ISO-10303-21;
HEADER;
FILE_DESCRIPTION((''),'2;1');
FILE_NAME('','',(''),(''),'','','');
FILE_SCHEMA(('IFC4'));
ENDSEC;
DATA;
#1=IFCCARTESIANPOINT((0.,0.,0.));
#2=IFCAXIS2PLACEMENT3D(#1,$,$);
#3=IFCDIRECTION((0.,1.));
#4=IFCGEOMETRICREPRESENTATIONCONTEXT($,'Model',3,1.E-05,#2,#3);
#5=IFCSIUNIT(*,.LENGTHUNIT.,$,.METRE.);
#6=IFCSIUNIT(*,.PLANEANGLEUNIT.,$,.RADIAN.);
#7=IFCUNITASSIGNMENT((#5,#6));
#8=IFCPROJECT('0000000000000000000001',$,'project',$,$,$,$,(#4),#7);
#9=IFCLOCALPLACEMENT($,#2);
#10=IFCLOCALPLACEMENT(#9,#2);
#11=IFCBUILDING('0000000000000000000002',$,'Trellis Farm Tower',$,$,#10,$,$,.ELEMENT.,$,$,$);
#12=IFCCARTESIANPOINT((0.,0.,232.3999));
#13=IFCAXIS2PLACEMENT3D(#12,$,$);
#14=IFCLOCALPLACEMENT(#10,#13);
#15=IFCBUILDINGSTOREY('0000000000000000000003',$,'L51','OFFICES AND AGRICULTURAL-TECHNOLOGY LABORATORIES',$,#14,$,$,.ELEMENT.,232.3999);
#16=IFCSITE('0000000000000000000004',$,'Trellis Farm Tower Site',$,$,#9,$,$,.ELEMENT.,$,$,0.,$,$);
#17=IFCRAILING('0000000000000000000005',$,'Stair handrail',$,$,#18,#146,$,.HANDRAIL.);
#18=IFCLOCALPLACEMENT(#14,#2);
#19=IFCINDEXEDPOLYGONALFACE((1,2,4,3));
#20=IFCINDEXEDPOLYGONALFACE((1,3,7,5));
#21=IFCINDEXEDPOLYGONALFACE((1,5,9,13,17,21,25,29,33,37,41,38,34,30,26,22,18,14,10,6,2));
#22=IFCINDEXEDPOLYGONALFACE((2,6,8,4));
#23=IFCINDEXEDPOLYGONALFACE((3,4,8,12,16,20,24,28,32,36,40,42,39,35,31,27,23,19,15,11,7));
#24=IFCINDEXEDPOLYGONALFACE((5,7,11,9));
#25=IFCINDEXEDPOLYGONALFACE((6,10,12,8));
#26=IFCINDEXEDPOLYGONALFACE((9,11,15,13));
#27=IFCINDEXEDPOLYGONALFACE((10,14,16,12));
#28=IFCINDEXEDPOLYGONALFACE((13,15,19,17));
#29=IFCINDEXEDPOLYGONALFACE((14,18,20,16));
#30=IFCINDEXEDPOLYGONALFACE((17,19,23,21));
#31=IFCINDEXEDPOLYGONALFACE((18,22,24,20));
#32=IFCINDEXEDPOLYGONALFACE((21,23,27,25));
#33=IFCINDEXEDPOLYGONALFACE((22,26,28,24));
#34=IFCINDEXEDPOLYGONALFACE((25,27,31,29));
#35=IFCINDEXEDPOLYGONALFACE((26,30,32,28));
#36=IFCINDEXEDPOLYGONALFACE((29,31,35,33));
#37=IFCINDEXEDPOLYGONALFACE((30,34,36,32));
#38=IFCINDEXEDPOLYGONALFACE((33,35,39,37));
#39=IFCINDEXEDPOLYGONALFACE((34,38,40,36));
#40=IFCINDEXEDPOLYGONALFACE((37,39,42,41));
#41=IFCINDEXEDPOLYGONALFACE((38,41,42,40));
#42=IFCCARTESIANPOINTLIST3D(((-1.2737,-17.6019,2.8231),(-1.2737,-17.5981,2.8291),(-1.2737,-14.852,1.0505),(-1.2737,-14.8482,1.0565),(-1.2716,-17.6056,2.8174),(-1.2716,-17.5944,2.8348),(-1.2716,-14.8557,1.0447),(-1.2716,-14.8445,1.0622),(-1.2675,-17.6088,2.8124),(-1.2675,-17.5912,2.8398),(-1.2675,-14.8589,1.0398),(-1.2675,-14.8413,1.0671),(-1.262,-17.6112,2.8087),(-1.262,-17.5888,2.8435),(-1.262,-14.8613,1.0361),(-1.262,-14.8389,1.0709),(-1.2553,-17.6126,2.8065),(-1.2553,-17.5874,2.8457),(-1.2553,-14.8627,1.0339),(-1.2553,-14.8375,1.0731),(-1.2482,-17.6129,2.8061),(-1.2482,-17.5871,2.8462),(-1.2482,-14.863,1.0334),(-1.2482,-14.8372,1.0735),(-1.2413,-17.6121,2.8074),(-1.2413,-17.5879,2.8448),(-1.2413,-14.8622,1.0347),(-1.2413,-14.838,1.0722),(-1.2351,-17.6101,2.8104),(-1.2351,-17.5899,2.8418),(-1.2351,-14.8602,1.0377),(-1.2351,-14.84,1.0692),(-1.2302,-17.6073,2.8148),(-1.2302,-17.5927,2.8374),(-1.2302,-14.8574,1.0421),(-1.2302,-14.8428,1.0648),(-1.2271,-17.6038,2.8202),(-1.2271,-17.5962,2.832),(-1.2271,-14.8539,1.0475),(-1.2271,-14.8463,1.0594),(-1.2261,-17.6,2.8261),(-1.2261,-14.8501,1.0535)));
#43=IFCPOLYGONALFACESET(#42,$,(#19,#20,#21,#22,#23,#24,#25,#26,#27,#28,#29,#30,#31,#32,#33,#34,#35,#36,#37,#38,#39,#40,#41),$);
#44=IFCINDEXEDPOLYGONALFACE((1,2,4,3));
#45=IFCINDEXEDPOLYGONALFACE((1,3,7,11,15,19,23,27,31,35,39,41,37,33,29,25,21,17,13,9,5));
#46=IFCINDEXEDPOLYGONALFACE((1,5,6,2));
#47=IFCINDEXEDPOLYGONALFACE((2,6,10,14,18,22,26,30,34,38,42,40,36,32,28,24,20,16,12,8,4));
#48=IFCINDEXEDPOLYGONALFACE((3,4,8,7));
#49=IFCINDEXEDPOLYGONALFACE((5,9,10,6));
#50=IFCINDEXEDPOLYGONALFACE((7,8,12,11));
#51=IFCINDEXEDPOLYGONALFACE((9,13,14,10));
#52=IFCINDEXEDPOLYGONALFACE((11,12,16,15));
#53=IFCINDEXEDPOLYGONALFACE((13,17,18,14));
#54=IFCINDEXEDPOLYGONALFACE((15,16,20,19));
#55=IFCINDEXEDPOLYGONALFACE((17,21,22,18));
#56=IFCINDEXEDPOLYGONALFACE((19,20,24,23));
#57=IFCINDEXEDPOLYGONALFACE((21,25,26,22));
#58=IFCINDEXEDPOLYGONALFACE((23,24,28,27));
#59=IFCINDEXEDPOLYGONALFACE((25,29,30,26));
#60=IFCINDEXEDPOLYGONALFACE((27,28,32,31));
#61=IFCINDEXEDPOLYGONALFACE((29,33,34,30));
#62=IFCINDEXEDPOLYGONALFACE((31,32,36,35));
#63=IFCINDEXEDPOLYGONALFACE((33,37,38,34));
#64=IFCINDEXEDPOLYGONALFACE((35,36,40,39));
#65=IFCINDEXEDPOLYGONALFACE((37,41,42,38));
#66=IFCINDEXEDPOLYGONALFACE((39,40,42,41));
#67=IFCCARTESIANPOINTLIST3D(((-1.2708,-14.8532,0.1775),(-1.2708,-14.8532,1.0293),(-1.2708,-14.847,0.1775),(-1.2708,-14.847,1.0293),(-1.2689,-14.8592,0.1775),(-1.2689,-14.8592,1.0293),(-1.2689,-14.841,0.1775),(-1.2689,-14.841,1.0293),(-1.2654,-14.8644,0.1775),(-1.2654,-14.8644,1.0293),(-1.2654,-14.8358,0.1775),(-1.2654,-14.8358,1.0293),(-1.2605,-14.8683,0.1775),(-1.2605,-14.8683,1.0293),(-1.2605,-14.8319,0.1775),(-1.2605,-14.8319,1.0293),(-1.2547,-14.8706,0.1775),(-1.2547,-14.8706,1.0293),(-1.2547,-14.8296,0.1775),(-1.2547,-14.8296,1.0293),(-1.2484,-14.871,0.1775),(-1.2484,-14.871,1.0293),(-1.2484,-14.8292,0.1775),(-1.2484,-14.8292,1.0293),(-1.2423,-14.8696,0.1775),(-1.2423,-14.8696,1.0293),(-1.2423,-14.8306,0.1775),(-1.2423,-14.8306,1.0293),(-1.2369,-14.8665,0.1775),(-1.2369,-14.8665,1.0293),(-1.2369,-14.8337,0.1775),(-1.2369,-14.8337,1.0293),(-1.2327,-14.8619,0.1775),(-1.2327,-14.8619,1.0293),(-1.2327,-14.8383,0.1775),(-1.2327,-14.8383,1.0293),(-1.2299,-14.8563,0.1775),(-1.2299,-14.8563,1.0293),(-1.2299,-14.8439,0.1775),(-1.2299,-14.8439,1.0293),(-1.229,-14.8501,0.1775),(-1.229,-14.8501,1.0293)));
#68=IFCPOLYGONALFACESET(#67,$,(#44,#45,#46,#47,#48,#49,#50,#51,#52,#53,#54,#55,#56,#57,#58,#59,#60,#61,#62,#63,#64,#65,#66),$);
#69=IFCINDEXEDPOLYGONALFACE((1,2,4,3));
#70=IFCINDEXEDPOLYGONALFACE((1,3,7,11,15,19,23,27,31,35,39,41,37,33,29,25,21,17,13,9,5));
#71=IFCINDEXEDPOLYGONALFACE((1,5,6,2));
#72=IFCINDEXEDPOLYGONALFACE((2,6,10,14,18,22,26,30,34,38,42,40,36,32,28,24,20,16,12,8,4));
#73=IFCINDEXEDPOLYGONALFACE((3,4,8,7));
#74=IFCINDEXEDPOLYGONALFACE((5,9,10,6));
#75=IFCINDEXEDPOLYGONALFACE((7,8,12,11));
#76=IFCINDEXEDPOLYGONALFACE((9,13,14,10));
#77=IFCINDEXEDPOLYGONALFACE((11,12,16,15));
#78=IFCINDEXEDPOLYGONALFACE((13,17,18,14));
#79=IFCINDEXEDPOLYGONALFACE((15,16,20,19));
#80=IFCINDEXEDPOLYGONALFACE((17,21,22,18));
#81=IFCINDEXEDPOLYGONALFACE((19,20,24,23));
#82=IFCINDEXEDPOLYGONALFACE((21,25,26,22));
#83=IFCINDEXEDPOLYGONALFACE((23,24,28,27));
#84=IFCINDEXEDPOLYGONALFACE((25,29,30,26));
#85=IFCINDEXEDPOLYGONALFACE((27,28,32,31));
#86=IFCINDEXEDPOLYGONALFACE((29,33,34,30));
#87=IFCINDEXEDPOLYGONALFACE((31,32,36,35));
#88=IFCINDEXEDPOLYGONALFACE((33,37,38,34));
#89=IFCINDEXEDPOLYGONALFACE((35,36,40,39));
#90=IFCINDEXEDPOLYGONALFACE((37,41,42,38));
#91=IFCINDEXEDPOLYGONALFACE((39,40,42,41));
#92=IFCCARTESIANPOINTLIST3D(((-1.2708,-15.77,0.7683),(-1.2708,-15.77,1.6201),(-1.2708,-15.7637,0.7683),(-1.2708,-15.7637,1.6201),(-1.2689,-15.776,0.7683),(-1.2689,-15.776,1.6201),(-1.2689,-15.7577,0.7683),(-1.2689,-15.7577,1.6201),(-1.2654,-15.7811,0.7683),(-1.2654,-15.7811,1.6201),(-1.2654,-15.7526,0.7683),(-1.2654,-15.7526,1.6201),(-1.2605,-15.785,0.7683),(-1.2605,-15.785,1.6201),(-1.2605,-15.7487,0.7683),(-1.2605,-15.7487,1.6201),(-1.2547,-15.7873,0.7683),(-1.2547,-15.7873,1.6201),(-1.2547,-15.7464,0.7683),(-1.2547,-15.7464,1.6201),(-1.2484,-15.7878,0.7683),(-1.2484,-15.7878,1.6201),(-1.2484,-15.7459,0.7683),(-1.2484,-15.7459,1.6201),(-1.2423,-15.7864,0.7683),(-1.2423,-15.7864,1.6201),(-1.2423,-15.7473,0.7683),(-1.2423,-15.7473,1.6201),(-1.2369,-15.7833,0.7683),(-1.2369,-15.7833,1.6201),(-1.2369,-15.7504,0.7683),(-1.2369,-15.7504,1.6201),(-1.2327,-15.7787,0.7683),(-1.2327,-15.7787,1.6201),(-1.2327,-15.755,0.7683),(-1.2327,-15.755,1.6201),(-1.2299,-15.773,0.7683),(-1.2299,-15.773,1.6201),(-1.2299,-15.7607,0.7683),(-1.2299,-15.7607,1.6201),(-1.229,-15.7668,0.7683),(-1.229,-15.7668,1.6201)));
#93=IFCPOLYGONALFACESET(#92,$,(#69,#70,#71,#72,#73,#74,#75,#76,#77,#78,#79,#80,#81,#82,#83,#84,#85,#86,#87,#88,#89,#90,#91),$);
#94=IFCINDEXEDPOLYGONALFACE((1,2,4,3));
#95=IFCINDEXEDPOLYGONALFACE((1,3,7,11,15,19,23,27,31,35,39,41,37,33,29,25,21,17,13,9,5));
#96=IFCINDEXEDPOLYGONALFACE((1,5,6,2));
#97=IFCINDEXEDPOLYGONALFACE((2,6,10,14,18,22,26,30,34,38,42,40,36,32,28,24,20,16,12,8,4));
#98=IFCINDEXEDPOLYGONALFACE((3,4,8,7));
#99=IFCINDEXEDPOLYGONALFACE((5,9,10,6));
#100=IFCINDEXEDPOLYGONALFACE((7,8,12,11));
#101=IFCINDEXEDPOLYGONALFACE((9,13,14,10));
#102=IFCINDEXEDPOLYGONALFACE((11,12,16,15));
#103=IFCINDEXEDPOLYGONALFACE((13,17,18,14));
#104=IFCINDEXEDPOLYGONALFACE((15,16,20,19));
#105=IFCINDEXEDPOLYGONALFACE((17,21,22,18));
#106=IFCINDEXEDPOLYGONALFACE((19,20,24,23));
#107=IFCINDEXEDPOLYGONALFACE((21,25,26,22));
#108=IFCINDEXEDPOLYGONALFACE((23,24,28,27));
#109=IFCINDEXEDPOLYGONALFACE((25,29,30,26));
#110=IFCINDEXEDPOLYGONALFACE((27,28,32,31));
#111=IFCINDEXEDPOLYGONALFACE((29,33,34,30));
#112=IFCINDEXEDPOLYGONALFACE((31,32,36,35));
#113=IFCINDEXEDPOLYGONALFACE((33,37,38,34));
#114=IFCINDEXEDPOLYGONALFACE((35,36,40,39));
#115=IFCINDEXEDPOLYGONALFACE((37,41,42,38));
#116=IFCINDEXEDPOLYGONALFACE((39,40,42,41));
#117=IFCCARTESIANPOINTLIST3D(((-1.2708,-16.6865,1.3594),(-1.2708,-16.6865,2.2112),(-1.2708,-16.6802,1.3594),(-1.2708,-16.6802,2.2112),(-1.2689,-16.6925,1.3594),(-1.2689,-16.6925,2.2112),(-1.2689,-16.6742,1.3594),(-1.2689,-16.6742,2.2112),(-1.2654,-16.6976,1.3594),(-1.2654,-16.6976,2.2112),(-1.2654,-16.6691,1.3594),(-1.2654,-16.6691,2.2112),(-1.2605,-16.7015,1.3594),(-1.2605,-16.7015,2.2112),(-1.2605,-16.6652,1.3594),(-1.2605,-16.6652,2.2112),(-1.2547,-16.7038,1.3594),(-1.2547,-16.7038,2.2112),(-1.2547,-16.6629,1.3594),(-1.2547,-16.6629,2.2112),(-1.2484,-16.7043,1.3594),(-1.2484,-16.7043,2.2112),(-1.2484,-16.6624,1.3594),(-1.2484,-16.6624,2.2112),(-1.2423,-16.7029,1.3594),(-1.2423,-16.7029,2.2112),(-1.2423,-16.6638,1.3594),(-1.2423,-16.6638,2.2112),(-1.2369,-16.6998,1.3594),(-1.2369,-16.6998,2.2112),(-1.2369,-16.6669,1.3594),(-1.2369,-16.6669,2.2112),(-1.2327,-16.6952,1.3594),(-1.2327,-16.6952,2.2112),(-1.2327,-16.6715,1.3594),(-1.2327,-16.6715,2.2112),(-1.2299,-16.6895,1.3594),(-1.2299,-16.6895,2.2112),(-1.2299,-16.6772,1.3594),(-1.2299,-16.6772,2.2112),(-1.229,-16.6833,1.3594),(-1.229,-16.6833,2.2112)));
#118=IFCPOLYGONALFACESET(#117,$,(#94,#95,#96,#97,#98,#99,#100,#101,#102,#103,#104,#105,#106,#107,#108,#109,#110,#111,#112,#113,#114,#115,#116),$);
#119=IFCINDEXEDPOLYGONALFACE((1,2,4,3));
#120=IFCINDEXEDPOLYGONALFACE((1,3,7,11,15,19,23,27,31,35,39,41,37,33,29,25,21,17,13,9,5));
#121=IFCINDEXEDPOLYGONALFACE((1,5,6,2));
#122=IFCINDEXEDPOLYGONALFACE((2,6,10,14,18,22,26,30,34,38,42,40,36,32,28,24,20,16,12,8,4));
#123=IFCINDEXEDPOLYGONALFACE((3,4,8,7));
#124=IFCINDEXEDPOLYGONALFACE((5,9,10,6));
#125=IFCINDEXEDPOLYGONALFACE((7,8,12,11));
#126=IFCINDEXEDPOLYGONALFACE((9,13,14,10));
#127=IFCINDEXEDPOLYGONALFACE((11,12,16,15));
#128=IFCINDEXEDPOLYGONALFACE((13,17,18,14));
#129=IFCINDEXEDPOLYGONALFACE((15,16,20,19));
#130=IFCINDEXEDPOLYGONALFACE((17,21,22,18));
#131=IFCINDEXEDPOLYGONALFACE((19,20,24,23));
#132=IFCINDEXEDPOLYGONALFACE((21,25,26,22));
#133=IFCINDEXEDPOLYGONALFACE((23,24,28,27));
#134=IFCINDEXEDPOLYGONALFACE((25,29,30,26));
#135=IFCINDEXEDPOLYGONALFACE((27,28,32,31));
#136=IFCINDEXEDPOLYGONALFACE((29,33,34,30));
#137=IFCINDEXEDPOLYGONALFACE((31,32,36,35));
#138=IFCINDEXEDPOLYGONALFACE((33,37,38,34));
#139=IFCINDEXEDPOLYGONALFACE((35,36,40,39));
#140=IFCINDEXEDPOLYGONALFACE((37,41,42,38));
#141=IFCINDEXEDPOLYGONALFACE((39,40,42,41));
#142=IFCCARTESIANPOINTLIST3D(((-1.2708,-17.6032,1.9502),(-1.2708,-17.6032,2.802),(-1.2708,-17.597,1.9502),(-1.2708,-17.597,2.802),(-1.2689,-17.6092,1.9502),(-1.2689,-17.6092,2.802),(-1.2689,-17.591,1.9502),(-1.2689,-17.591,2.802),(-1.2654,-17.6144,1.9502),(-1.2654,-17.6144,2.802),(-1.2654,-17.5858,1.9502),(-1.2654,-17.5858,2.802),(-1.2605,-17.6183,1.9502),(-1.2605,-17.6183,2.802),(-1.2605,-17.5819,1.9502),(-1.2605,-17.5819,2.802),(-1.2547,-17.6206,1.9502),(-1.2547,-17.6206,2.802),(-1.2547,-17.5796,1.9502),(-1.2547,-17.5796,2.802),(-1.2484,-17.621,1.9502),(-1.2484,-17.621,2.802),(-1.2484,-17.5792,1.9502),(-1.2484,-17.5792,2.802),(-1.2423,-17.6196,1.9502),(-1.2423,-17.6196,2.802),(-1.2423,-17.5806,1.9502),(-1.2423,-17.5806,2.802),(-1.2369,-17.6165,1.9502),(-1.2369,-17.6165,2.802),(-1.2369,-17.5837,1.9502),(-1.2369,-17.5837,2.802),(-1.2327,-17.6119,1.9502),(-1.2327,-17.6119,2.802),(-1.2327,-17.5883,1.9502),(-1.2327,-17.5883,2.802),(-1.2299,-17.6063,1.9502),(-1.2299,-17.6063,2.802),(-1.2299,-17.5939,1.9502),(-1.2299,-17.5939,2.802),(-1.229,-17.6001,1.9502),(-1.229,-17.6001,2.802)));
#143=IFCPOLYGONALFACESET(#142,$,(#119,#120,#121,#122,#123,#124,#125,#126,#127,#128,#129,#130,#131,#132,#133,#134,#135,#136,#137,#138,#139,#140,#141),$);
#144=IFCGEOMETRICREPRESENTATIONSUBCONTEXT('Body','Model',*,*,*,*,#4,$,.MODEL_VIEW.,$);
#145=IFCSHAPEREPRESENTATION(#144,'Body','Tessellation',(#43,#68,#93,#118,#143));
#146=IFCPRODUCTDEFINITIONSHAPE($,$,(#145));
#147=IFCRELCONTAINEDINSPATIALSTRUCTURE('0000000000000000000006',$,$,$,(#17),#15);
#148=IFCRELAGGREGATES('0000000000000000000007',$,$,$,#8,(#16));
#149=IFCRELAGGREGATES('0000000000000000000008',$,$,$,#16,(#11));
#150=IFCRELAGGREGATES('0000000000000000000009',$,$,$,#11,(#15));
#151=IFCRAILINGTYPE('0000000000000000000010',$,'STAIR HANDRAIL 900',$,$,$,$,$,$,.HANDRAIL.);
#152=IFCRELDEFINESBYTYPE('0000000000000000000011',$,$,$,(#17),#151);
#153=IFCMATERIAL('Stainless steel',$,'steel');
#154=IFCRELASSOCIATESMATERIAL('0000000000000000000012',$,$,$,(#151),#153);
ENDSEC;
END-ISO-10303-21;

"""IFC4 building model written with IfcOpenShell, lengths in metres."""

from ifc_helpers import new_model, si_unit, direction, frame, origin, origin_2d, place, context, subcontext, project, spatial, circle, extrude, source, transform, mapped, material, type_object, element, save


model = new_model("IFC4")

# Units and contexts
model_context = context("Model", 3, precision=1e-05, world=origin(), true_north=direction((0.0, 1.0)))
body_context = subcontext(model_context, "Body", "Model", "MODEL_VIEW")
ifc_project = project(units=[si_unit("LENGTHUNIT", "METRE"), si_unit("PLANEANGLEUNIT", "RADIAN")], contexts=[model_context])

# Site, building, storey
site_placement = place(None, origin())
site = spatial("IfcSite", under=ifc_project, at=site_placement, Name="Trellis Farm Tower Site", CompositionType="ELEMENT", RefElevation=0.0)
building_placement = place(site_placement, origin())
building = spatial("IfcBuilding", under=site, at=building_placement, Name="Trellis Farm Tower", CompositionType="ELEMENT")
storey_placement = place(building_placement, frame((0.0, 0.0, 232.3999)))
storey = spatial("IfcBuildingStorey", under=building, at=storey_placement, Name="L51", Description="OFFICES AND AGRICULTURAL-TECHNOLOGY LABORATORIES", CompositionType="ELEMENT", Elevation=232.3999)

# Railing
ifc_material_1 = material(Name="Stainless steel", Category="steel")
railing_type = type_object("IfcRailingType", Name="STAIR HANDRAIL 900", PredefinedType="HANDRAIL", material=ifc_material_1)
shared_shape_1 = source(origin(), body_context, "Body", "SweptSolid", [
    extrude(circle(Radius=0.0239, at=origin_2d()), frame((0.0, 0.0, 0.876), z_axis=(0.0, -0.840504, 0.541806), x_axis=(1.0, 0.0, 0.0)), (0.0, 0.0, 1.0), 3.2717),
    extrude(circle(Radius=0.021, at=origin_2d()), origin(), (0.0, 0.0, 1.0), 0.8518),
    extrude(circle(Radius=0.021, at=origin_2d()), frame((0.0, -0.9167, 0.5908)), (0.0, 0.0, 1.0), 0.8518),
    extrude(circle(Radius=0.021, at=origin_2d()), frame((0.0, -1.8333, 1.1819)), (0.0, 0.0, 1.0), 0.8518),
    extrude(circle(Radius=0.021, at=origin_2d()), frame((0.0, -2.75, 1.7727)), (0.0, 0.0, 1.0), 0.8518),
])
railing_placement = place(storey_placement, frame((-1.25, -14.8501, 0.1775)))
element("IfcRailing", 1, at=railing_placement, inside=storey, type_object=railing_type, Name="Stair handrail", PredefinedType="HANDRAIL", context=body_context, shape_type="MappedRepresentation", body=[
    mapped(shared_shape_1, transform((0.0, 0.0, 0.0))),
])

save(model, "model.ifc")
